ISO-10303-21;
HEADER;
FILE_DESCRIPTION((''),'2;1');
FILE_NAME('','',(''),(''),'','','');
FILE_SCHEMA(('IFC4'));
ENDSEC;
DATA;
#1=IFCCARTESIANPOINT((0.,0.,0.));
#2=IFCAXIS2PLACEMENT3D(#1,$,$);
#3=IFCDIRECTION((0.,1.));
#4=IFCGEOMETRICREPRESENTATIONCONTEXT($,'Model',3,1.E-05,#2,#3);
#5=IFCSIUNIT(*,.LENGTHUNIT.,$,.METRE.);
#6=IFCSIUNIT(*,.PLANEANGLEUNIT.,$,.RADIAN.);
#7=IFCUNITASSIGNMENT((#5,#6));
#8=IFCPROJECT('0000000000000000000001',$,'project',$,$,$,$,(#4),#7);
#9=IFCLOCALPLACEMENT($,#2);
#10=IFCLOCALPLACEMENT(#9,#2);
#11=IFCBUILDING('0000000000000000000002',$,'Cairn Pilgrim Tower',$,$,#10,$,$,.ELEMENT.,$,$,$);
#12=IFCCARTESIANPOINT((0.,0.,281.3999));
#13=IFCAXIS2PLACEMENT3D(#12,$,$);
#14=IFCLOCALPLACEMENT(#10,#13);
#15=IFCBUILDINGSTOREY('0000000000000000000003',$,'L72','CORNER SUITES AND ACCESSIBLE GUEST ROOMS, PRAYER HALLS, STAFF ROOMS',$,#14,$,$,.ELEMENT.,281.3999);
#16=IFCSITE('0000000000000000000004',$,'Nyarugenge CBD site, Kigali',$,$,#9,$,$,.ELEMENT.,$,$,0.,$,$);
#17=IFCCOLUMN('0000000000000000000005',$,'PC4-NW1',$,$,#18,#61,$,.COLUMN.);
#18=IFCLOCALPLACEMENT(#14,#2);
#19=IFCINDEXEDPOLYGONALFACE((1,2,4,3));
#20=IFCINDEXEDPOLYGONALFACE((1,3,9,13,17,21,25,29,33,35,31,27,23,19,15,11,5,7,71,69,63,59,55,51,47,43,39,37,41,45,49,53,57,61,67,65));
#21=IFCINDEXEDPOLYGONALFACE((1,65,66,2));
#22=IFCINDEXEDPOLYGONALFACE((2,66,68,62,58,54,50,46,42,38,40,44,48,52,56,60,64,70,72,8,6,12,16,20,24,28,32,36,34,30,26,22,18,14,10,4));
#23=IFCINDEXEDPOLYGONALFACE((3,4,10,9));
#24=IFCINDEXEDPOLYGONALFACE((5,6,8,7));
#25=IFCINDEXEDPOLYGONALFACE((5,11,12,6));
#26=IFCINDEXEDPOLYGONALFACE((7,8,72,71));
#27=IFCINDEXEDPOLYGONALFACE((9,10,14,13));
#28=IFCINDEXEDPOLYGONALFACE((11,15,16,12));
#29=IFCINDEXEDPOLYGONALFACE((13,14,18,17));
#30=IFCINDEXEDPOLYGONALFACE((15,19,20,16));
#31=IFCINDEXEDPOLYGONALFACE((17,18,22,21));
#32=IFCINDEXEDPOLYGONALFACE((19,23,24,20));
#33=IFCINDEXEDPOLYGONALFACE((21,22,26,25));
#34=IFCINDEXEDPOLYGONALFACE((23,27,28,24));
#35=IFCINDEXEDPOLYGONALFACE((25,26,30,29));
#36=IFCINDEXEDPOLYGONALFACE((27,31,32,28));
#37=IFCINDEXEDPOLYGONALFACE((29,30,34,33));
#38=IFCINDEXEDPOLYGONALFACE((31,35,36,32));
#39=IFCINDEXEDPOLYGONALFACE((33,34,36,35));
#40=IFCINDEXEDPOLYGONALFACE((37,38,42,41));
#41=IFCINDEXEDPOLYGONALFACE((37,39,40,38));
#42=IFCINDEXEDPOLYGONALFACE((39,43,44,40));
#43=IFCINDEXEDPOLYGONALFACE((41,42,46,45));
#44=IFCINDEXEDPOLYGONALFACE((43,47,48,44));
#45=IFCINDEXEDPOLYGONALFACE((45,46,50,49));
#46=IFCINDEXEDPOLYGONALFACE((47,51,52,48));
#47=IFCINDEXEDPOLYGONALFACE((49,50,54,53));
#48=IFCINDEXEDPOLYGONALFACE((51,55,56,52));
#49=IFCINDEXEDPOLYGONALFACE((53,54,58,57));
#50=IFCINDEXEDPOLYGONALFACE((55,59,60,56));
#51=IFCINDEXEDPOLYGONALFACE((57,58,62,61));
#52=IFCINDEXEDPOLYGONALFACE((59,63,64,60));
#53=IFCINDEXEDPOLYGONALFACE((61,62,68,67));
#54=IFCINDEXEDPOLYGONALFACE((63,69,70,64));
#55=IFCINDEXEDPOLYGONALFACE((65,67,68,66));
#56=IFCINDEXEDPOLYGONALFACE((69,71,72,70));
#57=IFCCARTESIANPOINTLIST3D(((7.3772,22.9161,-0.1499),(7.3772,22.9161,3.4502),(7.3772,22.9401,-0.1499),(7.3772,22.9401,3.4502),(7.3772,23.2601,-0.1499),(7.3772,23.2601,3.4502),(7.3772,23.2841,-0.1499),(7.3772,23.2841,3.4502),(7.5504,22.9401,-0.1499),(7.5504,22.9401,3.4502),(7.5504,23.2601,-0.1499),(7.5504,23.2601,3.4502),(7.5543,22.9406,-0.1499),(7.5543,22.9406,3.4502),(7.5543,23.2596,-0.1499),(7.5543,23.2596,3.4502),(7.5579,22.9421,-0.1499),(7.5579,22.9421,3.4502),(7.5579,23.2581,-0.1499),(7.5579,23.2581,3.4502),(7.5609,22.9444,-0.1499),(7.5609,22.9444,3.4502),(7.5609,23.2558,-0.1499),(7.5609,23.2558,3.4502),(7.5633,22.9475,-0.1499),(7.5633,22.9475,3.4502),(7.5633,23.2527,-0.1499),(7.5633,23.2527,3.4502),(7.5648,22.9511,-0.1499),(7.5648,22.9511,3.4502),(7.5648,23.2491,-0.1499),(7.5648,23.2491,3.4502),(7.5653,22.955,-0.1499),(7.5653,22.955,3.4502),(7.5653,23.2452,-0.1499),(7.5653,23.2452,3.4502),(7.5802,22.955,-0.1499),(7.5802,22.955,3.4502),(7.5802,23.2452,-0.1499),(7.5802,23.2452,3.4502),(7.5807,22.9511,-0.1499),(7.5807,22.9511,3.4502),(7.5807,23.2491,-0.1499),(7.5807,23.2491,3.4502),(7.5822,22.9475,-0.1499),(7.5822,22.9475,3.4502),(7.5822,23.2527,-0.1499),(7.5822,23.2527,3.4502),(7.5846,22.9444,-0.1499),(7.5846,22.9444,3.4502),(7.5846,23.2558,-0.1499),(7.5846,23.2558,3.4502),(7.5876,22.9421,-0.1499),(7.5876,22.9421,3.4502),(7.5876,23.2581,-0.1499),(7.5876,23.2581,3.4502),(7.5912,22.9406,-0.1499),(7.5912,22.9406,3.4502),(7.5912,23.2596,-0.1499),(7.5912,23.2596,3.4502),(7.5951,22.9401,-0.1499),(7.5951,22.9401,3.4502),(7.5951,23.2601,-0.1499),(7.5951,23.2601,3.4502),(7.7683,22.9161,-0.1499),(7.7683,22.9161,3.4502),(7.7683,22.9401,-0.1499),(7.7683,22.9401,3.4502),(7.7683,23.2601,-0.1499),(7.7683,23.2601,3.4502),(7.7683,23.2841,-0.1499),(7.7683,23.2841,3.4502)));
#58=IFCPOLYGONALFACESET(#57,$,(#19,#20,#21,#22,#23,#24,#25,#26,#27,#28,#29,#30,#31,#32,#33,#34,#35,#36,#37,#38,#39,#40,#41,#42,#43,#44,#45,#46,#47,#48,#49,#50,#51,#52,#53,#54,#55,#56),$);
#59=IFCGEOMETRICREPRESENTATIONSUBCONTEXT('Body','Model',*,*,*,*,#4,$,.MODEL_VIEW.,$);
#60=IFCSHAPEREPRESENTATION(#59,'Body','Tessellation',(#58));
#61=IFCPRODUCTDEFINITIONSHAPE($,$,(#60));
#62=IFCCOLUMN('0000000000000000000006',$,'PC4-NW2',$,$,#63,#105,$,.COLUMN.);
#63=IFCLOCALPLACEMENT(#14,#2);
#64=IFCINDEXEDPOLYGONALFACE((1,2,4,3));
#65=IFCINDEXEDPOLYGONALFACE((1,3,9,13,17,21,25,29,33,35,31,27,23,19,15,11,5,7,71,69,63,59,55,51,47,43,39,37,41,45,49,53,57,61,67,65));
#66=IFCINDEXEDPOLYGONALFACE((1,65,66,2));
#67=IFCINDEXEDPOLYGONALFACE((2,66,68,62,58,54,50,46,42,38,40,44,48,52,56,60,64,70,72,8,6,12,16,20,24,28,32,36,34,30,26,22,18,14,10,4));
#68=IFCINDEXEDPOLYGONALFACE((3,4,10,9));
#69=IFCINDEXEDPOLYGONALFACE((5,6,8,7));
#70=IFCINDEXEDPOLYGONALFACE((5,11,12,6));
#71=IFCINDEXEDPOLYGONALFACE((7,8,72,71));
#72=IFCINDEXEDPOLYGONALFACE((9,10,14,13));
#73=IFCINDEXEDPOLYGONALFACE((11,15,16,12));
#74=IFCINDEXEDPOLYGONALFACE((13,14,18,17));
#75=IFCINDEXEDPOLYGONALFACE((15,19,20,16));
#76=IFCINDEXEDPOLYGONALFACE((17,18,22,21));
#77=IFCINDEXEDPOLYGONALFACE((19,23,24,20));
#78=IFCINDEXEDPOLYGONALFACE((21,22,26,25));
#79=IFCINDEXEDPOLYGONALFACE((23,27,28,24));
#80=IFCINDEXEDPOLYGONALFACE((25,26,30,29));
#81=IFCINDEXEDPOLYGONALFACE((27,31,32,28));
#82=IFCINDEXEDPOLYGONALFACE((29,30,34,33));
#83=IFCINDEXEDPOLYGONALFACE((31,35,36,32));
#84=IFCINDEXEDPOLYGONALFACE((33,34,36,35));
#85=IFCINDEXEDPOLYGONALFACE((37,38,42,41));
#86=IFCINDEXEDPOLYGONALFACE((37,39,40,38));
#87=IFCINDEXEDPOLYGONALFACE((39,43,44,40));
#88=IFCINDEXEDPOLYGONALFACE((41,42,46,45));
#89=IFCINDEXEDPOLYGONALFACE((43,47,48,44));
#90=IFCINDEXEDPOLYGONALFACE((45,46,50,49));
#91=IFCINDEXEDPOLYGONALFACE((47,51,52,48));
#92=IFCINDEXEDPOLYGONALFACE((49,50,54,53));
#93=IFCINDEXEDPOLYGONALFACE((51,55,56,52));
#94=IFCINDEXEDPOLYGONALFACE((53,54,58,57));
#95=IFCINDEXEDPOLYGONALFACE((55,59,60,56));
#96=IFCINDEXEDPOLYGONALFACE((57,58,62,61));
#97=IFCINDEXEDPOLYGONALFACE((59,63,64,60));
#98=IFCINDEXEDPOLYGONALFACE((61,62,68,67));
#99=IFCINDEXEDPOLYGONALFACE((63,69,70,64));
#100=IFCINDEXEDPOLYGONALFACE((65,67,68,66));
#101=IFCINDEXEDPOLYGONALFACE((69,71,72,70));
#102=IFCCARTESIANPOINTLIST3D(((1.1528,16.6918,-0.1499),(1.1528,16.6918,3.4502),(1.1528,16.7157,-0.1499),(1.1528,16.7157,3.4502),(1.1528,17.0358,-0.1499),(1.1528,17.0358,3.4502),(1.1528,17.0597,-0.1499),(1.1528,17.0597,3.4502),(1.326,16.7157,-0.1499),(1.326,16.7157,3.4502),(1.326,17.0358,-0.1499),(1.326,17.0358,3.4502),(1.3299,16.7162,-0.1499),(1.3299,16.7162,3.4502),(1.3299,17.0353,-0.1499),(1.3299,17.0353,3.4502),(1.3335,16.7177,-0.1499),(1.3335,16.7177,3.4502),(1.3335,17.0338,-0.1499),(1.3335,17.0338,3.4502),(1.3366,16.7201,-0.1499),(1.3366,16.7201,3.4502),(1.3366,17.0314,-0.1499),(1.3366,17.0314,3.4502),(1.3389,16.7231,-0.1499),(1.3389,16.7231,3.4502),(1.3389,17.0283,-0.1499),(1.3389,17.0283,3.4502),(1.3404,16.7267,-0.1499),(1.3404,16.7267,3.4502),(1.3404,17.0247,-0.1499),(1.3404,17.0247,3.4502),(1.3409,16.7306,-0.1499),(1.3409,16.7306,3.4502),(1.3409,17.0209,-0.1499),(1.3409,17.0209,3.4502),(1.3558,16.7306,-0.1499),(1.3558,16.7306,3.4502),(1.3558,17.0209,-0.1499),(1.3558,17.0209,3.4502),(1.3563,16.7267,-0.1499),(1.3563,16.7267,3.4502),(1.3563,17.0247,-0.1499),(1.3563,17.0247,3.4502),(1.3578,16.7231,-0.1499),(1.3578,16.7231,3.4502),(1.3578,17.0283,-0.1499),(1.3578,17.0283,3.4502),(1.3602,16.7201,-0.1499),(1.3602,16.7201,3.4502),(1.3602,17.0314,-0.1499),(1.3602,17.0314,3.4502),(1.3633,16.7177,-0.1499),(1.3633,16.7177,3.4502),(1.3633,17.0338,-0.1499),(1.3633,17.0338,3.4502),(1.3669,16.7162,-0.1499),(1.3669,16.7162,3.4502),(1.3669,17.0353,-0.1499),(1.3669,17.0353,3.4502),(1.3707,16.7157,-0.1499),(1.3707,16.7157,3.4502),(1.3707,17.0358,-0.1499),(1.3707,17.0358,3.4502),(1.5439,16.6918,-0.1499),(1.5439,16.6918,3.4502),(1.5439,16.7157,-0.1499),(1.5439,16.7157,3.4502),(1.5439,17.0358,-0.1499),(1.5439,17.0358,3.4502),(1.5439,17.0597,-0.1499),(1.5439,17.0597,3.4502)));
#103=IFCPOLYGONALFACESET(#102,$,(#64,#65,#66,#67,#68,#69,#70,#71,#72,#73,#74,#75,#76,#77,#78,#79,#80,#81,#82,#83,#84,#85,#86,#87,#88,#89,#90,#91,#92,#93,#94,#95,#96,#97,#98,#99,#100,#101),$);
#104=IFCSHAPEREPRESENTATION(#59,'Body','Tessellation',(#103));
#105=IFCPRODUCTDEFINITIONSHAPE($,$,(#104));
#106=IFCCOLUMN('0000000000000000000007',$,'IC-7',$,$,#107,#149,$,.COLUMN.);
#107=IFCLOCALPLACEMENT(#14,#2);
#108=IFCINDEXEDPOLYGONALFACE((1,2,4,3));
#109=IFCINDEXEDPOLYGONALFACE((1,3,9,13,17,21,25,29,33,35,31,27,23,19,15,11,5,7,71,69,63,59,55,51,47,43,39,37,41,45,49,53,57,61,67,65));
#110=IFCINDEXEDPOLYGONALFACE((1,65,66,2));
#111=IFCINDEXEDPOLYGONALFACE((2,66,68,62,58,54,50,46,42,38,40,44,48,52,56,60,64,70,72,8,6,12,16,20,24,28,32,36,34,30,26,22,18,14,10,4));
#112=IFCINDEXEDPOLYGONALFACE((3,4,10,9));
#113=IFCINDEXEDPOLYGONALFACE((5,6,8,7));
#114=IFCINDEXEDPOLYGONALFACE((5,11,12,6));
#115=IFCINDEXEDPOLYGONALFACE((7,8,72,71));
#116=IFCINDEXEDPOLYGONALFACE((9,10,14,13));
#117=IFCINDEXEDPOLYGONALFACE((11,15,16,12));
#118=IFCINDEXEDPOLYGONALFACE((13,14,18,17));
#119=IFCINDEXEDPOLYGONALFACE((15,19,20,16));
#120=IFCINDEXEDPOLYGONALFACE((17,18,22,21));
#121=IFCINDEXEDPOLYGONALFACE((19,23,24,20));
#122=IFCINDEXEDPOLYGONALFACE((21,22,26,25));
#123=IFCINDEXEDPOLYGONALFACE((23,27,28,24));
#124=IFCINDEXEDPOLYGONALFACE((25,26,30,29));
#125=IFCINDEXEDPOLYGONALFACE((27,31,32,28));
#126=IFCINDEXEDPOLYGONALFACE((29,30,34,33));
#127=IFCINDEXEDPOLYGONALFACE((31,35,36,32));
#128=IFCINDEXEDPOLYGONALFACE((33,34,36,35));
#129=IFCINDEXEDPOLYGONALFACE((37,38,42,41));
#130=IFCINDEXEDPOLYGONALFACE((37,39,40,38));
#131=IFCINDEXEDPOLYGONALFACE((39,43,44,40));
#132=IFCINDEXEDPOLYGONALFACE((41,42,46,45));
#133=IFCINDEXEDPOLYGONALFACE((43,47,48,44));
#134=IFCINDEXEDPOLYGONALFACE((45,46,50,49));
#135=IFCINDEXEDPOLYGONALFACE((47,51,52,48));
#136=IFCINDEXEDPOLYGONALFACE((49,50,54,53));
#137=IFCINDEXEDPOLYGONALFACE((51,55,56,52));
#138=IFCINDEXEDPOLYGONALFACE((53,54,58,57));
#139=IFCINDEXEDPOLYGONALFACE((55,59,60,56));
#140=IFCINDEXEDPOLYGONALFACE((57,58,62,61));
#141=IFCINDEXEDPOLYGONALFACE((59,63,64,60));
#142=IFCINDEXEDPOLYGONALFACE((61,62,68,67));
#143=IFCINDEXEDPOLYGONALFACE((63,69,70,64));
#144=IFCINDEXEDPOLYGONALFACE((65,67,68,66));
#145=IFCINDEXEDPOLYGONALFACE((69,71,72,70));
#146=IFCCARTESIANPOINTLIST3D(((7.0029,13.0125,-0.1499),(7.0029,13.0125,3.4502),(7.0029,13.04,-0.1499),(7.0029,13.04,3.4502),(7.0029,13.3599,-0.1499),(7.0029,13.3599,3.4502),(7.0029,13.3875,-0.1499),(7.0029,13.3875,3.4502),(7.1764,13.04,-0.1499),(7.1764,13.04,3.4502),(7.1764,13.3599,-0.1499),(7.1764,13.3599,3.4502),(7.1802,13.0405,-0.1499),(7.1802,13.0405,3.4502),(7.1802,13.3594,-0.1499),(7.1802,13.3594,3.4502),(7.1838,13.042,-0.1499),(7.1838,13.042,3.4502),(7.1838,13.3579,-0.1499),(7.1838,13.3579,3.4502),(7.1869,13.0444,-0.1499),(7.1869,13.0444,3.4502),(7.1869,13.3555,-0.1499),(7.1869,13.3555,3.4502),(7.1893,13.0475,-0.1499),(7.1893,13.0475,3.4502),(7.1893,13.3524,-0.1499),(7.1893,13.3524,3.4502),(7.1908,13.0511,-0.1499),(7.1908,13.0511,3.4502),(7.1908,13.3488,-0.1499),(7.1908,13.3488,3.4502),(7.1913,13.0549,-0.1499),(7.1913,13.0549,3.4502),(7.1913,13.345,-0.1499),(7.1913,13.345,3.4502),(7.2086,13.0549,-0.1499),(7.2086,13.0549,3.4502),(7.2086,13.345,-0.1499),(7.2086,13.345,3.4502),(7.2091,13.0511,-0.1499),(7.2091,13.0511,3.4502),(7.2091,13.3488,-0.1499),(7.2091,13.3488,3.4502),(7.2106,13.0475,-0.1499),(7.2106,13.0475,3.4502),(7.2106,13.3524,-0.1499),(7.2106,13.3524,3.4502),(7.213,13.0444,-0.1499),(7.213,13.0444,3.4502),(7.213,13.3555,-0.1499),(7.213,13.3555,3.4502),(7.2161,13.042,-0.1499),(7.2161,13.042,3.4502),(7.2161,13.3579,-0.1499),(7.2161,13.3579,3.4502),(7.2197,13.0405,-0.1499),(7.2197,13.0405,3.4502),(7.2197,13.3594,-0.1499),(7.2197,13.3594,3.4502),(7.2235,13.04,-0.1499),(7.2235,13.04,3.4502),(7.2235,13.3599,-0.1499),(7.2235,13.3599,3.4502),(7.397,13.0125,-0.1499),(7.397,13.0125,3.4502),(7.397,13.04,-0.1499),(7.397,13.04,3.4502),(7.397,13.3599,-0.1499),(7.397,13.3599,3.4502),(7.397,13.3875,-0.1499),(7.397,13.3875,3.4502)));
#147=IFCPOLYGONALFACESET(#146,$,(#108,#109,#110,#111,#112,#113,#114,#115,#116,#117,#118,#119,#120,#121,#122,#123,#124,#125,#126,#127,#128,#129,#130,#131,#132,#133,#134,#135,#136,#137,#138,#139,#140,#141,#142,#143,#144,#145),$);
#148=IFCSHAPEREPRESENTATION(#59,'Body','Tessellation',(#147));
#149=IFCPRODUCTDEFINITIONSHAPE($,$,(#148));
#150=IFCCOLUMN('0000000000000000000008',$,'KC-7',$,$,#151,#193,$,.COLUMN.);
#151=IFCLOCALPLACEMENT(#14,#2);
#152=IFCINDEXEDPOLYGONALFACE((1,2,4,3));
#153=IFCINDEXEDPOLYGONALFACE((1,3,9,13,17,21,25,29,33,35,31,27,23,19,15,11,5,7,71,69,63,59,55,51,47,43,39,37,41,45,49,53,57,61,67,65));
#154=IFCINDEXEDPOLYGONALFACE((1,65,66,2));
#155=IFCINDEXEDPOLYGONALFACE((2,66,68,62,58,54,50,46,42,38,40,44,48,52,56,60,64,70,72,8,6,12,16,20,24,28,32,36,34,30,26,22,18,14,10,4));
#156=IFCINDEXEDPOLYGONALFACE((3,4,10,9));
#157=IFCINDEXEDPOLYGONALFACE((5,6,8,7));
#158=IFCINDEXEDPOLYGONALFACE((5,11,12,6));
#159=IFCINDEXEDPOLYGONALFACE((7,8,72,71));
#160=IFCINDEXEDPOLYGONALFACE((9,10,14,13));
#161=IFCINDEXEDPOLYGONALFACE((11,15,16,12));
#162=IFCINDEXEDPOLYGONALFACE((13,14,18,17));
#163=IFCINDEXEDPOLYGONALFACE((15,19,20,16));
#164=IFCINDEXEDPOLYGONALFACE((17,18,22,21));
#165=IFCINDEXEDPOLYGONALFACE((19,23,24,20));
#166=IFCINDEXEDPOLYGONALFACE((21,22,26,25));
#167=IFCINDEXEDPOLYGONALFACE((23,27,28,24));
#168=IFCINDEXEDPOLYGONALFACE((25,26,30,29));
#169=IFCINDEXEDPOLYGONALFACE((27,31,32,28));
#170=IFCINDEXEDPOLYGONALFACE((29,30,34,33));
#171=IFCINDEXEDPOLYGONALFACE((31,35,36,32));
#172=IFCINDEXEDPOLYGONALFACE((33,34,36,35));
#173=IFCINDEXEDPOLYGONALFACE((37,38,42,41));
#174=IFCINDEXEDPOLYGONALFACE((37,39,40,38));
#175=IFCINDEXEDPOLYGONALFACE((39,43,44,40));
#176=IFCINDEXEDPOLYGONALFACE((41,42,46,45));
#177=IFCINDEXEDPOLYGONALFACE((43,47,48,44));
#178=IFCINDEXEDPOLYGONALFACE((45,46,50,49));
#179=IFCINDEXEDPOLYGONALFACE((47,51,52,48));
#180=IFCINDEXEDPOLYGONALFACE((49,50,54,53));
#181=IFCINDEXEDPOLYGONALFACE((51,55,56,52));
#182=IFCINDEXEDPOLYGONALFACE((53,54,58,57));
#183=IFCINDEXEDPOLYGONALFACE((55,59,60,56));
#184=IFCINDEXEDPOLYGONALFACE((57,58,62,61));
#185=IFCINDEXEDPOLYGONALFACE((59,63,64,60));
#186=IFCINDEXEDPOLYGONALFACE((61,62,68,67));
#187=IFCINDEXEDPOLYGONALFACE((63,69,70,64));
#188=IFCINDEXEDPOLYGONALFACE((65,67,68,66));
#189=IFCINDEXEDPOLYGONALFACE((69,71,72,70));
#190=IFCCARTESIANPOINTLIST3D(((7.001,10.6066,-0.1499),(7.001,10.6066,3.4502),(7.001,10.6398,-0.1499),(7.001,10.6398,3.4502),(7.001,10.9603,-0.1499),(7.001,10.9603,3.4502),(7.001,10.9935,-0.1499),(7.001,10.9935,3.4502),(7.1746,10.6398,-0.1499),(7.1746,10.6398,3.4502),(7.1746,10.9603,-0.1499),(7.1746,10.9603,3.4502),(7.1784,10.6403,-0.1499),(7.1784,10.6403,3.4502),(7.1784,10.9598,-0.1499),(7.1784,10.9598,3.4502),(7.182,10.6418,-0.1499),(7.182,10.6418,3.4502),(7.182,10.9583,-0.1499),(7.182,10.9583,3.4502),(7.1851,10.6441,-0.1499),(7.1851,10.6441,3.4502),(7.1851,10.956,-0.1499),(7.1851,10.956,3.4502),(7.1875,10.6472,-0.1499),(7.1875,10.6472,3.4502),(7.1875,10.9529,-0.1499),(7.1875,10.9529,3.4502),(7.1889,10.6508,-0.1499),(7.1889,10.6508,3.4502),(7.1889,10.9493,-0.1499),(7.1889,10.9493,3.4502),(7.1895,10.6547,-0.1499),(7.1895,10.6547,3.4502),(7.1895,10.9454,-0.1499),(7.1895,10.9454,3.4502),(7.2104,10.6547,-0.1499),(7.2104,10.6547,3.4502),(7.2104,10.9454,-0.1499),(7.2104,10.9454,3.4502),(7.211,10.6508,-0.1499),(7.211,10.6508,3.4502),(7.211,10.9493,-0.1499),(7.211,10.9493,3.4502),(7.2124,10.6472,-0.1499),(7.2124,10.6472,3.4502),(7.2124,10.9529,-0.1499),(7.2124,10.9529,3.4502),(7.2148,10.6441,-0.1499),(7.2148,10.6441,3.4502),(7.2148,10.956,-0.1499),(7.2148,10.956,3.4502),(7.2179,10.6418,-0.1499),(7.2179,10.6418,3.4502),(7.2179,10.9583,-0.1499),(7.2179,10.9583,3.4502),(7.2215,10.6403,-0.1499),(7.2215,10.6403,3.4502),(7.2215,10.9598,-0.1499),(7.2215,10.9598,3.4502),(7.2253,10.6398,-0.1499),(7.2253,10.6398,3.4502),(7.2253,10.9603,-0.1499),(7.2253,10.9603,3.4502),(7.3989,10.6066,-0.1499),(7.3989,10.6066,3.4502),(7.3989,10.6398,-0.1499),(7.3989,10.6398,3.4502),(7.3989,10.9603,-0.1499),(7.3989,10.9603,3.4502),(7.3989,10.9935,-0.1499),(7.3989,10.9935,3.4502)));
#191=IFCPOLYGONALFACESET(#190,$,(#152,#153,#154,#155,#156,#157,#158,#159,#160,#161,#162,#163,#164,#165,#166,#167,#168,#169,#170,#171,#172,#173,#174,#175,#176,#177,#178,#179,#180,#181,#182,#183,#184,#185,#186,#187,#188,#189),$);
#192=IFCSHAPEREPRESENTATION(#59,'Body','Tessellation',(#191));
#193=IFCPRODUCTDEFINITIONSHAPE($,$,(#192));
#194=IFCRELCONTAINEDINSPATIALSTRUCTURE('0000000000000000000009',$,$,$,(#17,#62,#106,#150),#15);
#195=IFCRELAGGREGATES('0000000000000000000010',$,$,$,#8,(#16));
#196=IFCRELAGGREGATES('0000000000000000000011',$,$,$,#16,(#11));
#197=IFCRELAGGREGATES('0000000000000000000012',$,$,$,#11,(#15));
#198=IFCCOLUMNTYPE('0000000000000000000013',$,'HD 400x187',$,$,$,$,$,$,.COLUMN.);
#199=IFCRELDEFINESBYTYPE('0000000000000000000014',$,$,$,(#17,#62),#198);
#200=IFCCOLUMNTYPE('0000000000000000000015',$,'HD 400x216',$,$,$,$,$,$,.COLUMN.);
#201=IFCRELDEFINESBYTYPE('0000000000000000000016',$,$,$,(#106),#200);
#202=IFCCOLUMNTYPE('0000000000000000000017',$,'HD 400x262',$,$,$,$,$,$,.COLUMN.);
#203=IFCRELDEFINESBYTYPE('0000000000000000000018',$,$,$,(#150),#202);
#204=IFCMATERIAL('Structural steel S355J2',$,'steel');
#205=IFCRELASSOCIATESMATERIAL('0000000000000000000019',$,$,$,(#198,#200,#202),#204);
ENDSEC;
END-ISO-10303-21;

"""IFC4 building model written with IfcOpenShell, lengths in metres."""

from ifc_helpers import new_model, si_unit, direction, frame, origin, origin_2d, place, context, subcontext, project, spatial, i_section, extrude, material, material_profile, profile_set, type_object, element, save


model = new_model("IFC4")

# Units and contexts
model_context = context("Model", 3, precision=1e-05, world=origin(), true_north=direction((0.0, 1.0)))
body_context = subcontext(model_context, "Body", "Model", "MODEL_VIEW")
ifc_project = project(units=[si_unit("LENGTHUNIT", "METRE"), si_unit("PLANEANGLEUNIT", "RADIAN")], contexts=[model_context])

# Site, building, storey
site_placement = place(None, origin())
site = spatial("IfcSite", under=ifc_project, at=site_placement, Name="Nyarugenge CBD site, Kigali", CompositionType="ELEMENT", RefElevation=0.0)
building_placement = place(site_placement, origin())
building = spatial("IfcBuilding", under=site, at=building_placement, Name="Cairn Pilgrim Tower", CompositionType="ELEMENT")
storey_placement = place(building_placement, frame((0.0, 0.0, 281.3999)))
storey = spatial("IfcBuildingStorey", under=building, at=storey_placement, Name="L72", Description="CORNER SUITES AND ACCESSIBLE GUEST ROOMS, PRAYER HALLS, STAFF ROOMS", CompositionType="ELEMENT", Elevation=281.3999)

# Columns
ifc_material_1 = material(Name="Structural steel S355J2", Category="steel")
ifc_material_profile_1 = material_profile(ifc_material_1, i_section(OverallWidth=0.3911, OverallDepth=0.3679, WebThickness=0.0149, FlangeThickness=0.0239, FilletRadius=0.0149, at=origin_2d()), Name="HD 400x187")
ifc_profile_set_1 = profile_set([ifc_material_profile_1], Name="Structural steel S355J2")
column_type_1 = type_object("IfcColumnType", Name="HD 400x187", PredefinedType="COLUMN", material=ifc_profile_set_1)
for number, where, z_axis, x_axis, name in (
    (1, (7.5728, 23.1001, -0.1499), (0.0, 0.0, 1.0), (1.0, 0.0, 0.0), "PC4-NW1"),
    (2, (1.3484, 16.8757, -0.1499), (0.0, 0.0, 1.0), (1.0, 0.0, 0.0), "PC4-NW2"),
):
    element("IfcColumn", number, at=place(storey_placement, frame(where, z_axis=z_axis, x_axis=x_axis)), inside=storey, type_object=column_type_1, Name=name, PredefinedType="COLUMN", context=body_context, shape_type="SweptSolid", body=[
        extrude(i_section(OverallWidth=0.3911, OverallDepth=0.3679, WebThickness=0.0149, FlangeThickness=0.0239, FilletRadius=0.0149, at=origin_2d()), origin(), (0.0, 0.0, 1.0), 3.6001),
    ])
ifc_material_profile_2 = material_profile(ifc_material_1, i_section(OverallWidth=0.394, OverallDepth=0.375, WebThickness=0.0173, FlangeThickness=0.0276, FilletRadius=0.0149, at=origin_2d()), Name="HD 400x216")
ifc_profile_set_2 = profile_set([ifc_material_profile_2], Name="Structural steel S355J2")
column_type_2 = type_object("IfcColumnType", Name="HD 400x216", PredefinedType="COLUMN", material=ifc_profile_set_2)
column_1_placement = place(storey_placement, frame((7.2, 13.2, -0.1499), z_axis=(0.0, 0.0, 1.0), x_axis=(1.0, 0.0, 0.0)))
element("IfcColumn", 3, at=column_1_placement, inside=storey, type_object=column_type_2, Name="IC-7", PredefinedType="COLUMN", context=body_context, shape_type="SweptSolid", body=[
    extrude(i_section(OverallWidth=0.394, OverallDepth=0.375, WebThickness=0.0173, FlangeThickness=0.0276, FilletRadius=0.0149, at=origin_2d()), origin(), (0.0, 0.0, 1.0), 3.6001),
])
ifc_material_profile_3 = material_profile(ifc_material_1, i_section(OverallWidth=0.3979, OverallDepth=0.387, WebThickness=0.021, FlangeThickness=0.0332, FilletRadius=0.0149, at=origin_2d()), Name="HD 400x262")
ifc_profile_set_3 = profile_set([ifc_material_profile_3], Name="Structural steel S355J2")
column_type_3 = type_object("IfcColumnType", Name="HD 400x262", PredefinedType="COLUMN", material=ifc_profile_set_3)
column_2_placement = place(storey_placement, frame((7.2, 10.8, -0.1499), z_axis=(0.0, 0.0, 1.0), x_axis=(1.0, 0.0, 0.0)))
element("IfcColumn", 4, at=column_2_placement, inside=storey, type_object=column_type_3, Name="KC-7", PredefinedType="COLUMN", context=body_context, shape_type="SweptSolid", body=[
    extrude(i_section(OverallWidth=0.3979, OverallDepth=0.387, WebThickness=0.021, FlangeThickness=0.0332, FilletRadius=0.0149, at=origin_2d()), origin(), (0.0, 0.0, 1.0), 3.6001),
])

save(model, "model.ifc")
